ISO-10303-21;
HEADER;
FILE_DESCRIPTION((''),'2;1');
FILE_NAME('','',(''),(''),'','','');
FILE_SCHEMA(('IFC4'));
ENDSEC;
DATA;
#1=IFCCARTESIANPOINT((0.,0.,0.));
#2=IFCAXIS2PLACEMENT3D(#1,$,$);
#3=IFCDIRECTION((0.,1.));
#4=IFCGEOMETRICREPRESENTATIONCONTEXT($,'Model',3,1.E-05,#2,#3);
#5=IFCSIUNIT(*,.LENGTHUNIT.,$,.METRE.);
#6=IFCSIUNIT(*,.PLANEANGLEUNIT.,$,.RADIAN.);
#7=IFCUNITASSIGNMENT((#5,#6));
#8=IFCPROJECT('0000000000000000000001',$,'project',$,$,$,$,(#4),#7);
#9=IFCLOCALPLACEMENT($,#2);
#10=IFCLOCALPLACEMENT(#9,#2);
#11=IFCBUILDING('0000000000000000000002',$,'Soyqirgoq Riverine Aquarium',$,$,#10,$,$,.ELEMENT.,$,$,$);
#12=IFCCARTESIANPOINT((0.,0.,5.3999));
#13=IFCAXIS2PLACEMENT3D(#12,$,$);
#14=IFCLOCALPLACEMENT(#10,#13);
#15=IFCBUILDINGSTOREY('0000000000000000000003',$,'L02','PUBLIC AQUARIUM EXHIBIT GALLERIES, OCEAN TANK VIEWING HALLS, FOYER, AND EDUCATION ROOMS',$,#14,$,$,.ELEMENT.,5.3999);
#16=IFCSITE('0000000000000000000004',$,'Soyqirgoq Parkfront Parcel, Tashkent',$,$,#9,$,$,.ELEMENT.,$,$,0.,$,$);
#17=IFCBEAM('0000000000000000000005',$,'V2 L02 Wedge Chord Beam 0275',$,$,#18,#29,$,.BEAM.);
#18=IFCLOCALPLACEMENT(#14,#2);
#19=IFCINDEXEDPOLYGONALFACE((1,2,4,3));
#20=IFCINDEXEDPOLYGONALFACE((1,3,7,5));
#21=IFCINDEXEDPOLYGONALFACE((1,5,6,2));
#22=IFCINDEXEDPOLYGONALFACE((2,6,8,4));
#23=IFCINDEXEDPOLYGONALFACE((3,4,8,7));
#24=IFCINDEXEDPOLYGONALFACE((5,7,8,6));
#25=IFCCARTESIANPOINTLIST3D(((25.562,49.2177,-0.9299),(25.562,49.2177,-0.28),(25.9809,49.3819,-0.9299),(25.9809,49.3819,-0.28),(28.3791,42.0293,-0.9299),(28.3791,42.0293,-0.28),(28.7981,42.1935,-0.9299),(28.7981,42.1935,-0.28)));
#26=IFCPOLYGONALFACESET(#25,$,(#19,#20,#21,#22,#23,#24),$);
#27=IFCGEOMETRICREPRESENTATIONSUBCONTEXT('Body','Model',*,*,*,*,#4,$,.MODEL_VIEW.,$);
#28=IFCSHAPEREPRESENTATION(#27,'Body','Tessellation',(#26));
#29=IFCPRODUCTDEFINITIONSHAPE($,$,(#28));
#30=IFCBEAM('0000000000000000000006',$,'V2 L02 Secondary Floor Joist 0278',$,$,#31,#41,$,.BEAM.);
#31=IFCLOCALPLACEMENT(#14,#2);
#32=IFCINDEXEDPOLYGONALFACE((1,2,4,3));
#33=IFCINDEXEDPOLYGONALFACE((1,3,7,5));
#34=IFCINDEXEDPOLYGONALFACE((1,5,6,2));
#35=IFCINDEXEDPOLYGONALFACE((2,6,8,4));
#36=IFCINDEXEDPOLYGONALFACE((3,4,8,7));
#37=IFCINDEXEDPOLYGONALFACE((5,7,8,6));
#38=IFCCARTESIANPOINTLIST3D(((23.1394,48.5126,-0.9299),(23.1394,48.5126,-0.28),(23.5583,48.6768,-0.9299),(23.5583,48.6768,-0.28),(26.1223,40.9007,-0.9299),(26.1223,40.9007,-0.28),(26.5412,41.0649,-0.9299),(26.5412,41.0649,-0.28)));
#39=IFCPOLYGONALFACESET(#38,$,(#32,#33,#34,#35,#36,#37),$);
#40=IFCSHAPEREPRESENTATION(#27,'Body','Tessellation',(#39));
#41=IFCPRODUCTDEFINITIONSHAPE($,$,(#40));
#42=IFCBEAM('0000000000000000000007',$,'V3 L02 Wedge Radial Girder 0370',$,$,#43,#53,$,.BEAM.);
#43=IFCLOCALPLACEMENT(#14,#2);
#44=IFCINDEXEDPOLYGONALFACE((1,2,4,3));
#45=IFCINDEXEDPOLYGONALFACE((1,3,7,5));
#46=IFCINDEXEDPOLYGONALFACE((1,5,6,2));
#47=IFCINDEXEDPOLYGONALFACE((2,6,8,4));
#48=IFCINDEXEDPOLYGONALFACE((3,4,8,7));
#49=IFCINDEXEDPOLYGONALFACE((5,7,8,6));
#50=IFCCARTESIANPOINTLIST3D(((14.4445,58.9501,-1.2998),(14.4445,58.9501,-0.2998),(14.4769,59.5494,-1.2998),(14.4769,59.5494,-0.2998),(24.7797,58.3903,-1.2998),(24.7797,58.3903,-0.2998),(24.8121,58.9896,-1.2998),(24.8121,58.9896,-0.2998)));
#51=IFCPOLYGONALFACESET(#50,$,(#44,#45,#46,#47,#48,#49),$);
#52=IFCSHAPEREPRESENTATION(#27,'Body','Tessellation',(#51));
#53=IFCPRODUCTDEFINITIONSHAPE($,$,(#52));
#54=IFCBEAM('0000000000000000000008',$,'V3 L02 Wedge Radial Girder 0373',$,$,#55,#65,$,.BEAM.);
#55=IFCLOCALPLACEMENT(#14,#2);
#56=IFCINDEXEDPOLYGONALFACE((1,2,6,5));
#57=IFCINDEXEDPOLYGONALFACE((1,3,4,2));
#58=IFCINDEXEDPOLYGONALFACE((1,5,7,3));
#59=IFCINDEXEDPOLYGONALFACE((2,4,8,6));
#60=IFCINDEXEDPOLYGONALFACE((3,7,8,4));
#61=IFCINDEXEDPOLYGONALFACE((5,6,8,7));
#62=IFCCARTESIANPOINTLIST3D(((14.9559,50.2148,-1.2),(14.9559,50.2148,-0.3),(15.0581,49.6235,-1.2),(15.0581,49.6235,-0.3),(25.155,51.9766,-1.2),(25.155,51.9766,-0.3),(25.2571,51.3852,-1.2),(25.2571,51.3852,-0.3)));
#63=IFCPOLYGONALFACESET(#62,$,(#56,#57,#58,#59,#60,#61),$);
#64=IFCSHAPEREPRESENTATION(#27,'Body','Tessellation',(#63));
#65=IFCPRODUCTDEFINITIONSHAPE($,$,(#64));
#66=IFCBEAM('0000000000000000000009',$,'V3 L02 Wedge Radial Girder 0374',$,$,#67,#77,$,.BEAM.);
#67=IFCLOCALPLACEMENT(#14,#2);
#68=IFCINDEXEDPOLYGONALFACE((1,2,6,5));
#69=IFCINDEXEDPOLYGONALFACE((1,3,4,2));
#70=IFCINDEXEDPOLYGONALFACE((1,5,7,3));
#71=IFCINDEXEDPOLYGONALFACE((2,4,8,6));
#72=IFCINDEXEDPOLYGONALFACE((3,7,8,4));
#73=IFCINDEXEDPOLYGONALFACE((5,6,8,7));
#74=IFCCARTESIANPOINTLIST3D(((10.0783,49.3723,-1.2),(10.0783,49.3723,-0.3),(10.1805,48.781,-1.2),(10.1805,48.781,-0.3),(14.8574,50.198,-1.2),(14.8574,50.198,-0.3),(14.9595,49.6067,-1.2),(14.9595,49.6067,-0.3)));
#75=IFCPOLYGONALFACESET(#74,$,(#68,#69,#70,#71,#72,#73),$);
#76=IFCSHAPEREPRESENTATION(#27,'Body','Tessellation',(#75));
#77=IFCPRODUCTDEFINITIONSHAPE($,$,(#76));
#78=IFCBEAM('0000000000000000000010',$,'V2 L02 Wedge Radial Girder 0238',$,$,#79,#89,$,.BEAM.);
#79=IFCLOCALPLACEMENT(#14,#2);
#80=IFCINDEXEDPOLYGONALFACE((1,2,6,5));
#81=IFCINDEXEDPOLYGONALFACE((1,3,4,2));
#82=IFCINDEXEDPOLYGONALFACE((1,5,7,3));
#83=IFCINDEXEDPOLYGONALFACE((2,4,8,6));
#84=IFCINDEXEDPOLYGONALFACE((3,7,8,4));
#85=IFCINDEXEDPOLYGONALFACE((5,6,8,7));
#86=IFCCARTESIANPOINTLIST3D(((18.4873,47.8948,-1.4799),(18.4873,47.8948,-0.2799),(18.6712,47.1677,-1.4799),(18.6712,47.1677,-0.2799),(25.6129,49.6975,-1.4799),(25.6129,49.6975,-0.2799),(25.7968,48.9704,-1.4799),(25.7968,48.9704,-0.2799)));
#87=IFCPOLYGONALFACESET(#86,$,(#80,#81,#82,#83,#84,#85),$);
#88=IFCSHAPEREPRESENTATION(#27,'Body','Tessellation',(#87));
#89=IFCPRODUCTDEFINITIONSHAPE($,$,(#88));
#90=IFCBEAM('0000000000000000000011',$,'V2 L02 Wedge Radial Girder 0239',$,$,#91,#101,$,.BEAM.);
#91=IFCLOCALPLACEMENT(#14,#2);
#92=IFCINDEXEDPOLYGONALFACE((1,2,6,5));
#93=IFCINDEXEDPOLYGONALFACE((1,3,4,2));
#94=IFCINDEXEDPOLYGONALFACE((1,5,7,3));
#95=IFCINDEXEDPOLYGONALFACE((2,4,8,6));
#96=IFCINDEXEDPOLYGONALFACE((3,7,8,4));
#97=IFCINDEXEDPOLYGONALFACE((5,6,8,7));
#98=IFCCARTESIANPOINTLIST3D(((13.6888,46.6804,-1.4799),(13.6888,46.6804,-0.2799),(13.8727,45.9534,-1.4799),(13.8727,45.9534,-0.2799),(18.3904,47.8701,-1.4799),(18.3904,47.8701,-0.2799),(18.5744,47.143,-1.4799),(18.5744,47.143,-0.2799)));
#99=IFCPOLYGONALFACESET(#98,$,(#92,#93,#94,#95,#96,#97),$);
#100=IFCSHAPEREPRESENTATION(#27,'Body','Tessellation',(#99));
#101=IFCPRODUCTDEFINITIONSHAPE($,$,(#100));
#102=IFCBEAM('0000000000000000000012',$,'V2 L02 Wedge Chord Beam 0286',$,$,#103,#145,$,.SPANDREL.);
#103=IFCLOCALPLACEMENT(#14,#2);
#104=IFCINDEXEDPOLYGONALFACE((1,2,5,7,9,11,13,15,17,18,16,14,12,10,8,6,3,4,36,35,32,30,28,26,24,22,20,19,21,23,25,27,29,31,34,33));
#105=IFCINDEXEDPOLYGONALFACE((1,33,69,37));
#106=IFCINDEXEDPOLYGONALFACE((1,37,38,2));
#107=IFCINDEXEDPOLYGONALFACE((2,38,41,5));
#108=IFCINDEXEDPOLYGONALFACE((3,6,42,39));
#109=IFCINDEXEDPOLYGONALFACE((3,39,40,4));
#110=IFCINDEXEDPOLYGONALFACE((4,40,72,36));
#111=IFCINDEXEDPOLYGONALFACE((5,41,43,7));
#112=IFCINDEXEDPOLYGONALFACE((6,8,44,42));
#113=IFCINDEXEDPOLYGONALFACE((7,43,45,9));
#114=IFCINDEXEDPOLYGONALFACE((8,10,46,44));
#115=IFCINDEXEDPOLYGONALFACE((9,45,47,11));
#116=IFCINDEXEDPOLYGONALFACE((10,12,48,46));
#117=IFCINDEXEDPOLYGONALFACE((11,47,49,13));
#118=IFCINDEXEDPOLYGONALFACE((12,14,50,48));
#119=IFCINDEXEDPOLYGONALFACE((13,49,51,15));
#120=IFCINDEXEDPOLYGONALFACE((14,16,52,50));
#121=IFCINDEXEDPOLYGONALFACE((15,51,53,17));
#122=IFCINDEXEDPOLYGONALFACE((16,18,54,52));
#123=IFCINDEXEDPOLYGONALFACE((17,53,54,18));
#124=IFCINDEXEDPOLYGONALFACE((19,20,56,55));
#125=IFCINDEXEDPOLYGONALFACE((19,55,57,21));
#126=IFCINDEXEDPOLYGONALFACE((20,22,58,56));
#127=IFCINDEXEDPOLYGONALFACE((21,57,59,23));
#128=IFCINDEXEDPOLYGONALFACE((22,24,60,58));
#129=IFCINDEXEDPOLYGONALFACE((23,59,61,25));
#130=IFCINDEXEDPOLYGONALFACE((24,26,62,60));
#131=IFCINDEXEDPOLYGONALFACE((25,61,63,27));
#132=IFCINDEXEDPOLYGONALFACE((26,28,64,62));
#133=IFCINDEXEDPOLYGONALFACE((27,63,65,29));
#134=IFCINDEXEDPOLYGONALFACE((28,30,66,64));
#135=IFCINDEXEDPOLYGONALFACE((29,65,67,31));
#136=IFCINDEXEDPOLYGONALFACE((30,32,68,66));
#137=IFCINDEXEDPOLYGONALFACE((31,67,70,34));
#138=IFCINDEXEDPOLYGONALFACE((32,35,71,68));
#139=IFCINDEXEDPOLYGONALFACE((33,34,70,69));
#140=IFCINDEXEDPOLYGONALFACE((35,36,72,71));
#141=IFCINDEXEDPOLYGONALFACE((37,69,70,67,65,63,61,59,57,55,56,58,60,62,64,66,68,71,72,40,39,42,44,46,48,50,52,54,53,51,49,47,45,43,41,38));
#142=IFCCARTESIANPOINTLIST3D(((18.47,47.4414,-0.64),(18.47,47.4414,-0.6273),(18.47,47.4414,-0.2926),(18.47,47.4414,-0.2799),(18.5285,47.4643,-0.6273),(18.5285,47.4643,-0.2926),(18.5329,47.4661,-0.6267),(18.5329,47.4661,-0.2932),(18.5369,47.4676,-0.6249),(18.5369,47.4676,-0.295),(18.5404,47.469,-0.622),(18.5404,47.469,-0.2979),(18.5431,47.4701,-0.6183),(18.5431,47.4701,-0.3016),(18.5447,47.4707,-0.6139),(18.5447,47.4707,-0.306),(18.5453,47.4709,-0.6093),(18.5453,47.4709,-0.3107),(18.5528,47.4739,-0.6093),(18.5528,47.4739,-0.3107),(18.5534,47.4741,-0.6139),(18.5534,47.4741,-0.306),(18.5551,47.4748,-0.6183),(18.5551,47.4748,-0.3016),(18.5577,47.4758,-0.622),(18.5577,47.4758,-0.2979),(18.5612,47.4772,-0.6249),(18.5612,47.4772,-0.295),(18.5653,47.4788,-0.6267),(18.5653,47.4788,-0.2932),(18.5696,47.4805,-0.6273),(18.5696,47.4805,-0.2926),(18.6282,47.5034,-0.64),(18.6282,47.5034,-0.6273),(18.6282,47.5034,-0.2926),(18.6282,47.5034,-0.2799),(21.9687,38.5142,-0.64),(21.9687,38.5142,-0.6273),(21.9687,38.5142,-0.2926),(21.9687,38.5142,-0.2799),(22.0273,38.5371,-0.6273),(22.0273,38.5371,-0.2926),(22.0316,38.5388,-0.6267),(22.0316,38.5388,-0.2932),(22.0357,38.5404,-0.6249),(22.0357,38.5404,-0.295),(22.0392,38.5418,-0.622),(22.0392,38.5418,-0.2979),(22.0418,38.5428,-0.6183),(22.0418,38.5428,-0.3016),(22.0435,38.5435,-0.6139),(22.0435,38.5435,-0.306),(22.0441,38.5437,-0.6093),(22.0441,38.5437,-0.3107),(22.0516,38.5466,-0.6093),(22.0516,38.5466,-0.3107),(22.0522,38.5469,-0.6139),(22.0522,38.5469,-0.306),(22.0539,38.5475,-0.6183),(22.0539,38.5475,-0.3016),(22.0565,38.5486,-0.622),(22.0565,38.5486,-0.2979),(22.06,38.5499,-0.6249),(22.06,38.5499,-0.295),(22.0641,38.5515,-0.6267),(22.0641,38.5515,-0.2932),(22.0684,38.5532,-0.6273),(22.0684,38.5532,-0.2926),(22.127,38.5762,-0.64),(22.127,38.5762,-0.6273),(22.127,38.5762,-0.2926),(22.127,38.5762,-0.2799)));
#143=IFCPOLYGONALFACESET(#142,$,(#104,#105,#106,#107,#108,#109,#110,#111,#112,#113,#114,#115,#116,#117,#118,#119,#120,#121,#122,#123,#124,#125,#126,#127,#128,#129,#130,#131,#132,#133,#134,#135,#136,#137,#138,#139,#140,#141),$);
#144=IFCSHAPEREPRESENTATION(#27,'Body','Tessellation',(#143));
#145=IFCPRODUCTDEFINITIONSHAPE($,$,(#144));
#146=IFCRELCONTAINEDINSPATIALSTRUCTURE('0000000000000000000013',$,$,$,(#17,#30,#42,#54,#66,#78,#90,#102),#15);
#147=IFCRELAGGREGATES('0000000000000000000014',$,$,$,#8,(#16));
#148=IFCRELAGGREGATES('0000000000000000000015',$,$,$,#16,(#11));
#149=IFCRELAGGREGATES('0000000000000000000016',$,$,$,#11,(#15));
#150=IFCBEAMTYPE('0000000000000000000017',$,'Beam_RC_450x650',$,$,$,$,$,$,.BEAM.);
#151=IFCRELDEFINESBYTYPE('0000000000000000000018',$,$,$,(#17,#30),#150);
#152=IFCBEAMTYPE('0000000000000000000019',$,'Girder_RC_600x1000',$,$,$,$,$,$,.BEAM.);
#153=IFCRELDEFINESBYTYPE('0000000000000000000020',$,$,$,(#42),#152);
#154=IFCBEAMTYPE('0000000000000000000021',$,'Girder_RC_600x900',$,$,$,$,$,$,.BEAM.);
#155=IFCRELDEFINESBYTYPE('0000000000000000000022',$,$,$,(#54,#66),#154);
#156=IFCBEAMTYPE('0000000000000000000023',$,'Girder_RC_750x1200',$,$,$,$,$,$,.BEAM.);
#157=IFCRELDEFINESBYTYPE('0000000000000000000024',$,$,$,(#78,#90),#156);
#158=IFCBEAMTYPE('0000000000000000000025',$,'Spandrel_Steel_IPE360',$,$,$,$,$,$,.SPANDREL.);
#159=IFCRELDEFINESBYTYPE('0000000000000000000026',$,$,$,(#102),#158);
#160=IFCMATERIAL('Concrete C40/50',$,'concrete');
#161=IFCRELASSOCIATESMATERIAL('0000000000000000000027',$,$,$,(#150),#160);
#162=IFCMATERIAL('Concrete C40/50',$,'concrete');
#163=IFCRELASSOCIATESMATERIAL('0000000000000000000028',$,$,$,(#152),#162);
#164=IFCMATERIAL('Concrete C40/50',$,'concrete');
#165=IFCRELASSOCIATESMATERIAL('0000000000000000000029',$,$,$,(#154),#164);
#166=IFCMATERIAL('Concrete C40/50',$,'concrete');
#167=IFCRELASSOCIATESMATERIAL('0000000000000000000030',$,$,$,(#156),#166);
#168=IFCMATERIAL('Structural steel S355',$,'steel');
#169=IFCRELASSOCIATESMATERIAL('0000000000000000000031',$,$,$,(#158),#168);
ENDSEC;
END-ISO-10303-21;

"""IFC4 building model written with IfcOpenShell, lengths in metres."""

from ifc_helpers import new_model, si_unit, direction, frame, origin, origin_2d, place, context, subcontext, project, spatial, rectangle, i_section, extrude, material, material_profile, profile_set, type_object, element, save


model = new_model("IFC4")

# Units and contexts
model_context = context("Model", 3, precision=1e-05, world=origin(), true_north=direction((0.0, 1.0)))
body_context = subcontext(model_context, "Body", "Model", "MODEL_VIEW")
ifc_project = project(units=[si_unit("LENGTHUNIT", "METRE"), si_unit("PLANEANGLEUNIT", "RADIAN")], contexts=[model_context])

# Site, building, storey
site_placement = place(None, origin())
site = spatial("IfcSite", under=ifc_project, at=site_placement, Name="Soyqirgoq Parkfront Parcel, Tashkent", CompositionType="ELEMENT", RefElevation=0.0)
building_placement = place(site_placement, origin())
building = spatial("IfcBuilding", under=site, at=building_placement, Name="Soyqirgoq Riverine Aquarium", CompositionType="ELEMENT")
storey_placement = place(building_placement, frame((0.0, 0.0, 5.3999)))
storey = spatial("IfcBuildingStorey", under=building, at=storey_placement, Name="L02", Description="PUBLIC AQUARIUM EXHIBIT GALLERIES, OCEAN TANK VIEWING HALLS, FOYER, AND EDUCATION ROOMS", CompositionType="ELEMENT", Elevation=5.3999)

# Beams
ifc_material_1 = material(Name="Concrete C40/50", Category="concrete")
ifc_material_profile_1 = material_profile(ifc_material_1, rectangle(XDim=0.45, YDim=0.6499, at=origin_2d()), Name="RC 450x650")
ifc_profile_set_1 = profile_set([ifc_material_profile_1], Name="Concrete C40/50")
beam_type_1 = type_object("IfcBeamType", Name="Beam_RC_450x650", PredefinedType="BEAM", material=ifc_profile_set_1)
beam_1_placement = place(storey_placement, frame((25.7715, 49.2998, -0.605), z_axis=(0.364877, -0.931056, 0.0), x_axis=(0.931056, 0.364877, 0.0)))
element("IfcBeam", 1, at=beam_1_placement, inside=storey, type_object=beam_type_1, Name="V2 L02 Wedge Chord Beam 0275", PredefinedType="BEAM", context=body_context, shape_type="SweptSolid", body=[
    extrude(rectangle(XDim=0.45, YDim=0.6499, at=origin_2d()), origin(), (0.0, 0.0, 1.0), 7.7207),
])
beam_2_placement = place(storey_placement, frame((23.3489, 48.5947, -0.605), z_axis=(0.364853, -0.931065, 0.0), x_axis=(0.931065, 0.364853, 0.0)))
element("IfcBeam", 2, at=beam_2_placement, inside=storey, type_object=beam_type_1, Name="V2 L02 Secondary Floor Joist 0278", PredefinedType="BEAM", context=body_context, shape_type="SweptSolid", body=[
    extrude(rectangle(XDim=0.45, YDim=0.6499, at=origin_2d()), origin(), (0.0, 0.0, 1.0), 8.1755),
])
ifc_material_2 = material(Name="Concrete C40/50", Category="concrete")
ifc_material_profile_2 = material_profile(ifc_material_2, rectangle(XDim=0.6001, YDim=1.0, at=origin_2d()), Name="RC 600x1000")
ifc_profile_set_2 = profile_set([ifc_material_profile_2], Name="Concrete C40/50")
beam_type_2 = type_object("IfcBeamType", Name="Girder_RC_600x1000", PredefinedType="BEAM", material=ifc_profile_set_2)
beam_3_placement = place(storey_placement, frame((24.7959, 58.6899, -0.7998), z_axis=(-0.998536, 0.054086, 0.0), x_axis=(-0.054086, -0.998536, 0.0)))
element("IfcBeam", 3, at=beam_3_placement, inside=storey, type_object=beam_type_2, Name="V3 L02 Wedge Radial Girder 0370", PredefinedType="BEAM", context=body_context, shape_type="SweptSolid", body=[
    extrude(rectangle(XDim=0.6001, YDim=1.0, at=origin_2d()), origin(), (0.0, 0.0, 1.0), 10.3503),
])
ifc_material_3 = material(Name="Concrete C40/50", Category="concrete")
ifc_material_profile_3 = material_profile(ifc_material_3, rectangle(XDim=0.6001, YDim=0.8999, at=origin_2d()), Name="RC 600x900")
ifc_profile_set_3 = profile_set([ifc_material_profile_3], Name="Concrete C40/50")
beam_type_3 = type_object("IfcBeamType", Name="Girder_RC_600x900", PredefinedType="BEAM", material=ifc_profile_set_3)
beam_4_placement = place(storey_placement, frame((25.2061, 51.6809, -0.75), z_axis=(-0.985407, -0.170214, 0.0), x_axis=(0.170214, -0.985407, 0.0)))
element("IfcBeam", 4, at=beam_4_placement, inside=storey, type_object=beam_type_3, Name="V3 L02 Wedge Radial Girder 0373", PredefinedType="BEAM", context=body_context, shape_type="SweptSolid", body=[
    extrude(rectangle(XDim=0.6001, YDim=0.8999, at=origin_2d()), origin(), (0.0, 0.0, 1.0), 10.3501),
])
beam_5_placement = place(storey_placement, frame((14.9084, 49.9023, -0.75), z_axis=(-0.985401, -0.170249, 0.0), x_axis=(0.170249, -0.985401, 0.0)))
element("IfcBeam", 5, at=beam_5_placement, inside=storey, type_object=beam_type_3, Name="V3 L02 Wedge Radial Girder 0374", PredefinedType="BEAM", context=body_context, shape_type="SweptSolid", body=[
    extrude(rectangle(XDim=0.6001, YDim=0.8999, at=origin_2d()), origin(), (0.0, 0.0, 1.0), 4.8499),
])
ifc_material_4 = material(Name="Concrete C40/50", Category="concrete")
ifc_material_profile_4 = material_profile(ifc_material_4, rectangle(XDim=0.75, YDim=1.2, at=origin_2d()), Name="RC 750x1200")
ifc_profile_set_4 = profile_set([ifc_material_profile_4], Name="Concrete C40/50")
beam_type_4 = type_object("IfcBeamType", Name="Girder_RC_750x1200", PredefinedType="BEAM", material=ifc_profile_set_4)
beam_6_placement = place(storey_placement, frame((25.7048, 49.334, -0.8799), z_axis=(-0.969455, -0.24527, 0.0), x_axis=(0.24527, -0.969455, 0.0)))
element("IfcBeam", 6, at=beam_6_placement, inside=storey, type_object=beam_type_4, Name="V2 L02 Wedge Radial Girder 0238", PredefinedType="BEAM", context=body_context, shape_type="SweptSolid", body=[
    extrude(rectangle(XDim=0.75, YDim=1.2, at=origin_2d()), origin(), (0.0, 0.0, 1.0), 7.3501),
])
beam_7_placement = place(storey_placement, frame((18.4824, 47.5066, -0.8799), z_axis=(-0.969446, -0.245306, 0.0), x_axis=(0.245306, -0.969446, 0.0)))
element("IfcBeam", 7, at=beam_7_placement, inside=storey, type_object=beam_type_4, Name="V2 L02 Wedge Radial Girder 0239", PredefinedType="BEAM", context=body_context, shape_type="SweptSolid", body=[
    extrude(rectangle(XDim=0.75, YDim=1.2, at=origin_2d()), origin(), (0.0, 0.0, 1.0), 4.8499),
])
ifc_material_5 = material(Name="Structural steel S355", Category="steel")
ifc_material_profile_5 = material_profile(ifc_material_5, i_section(OverallWidth=0.1699, OverallDepth=0.3601, WebThickness=0.0081, FlangeThickness=0.0127, FilletRadius=0.0181, at=origin_2d()), Name="IPE 360")
ifc_profile_set_5 = profile_set([ifc_material_profile_5], Name="Structural steel S355")
beam_type_5 = type_object("IfcBeamType", Name="Spandrel_Steel_IPE360", PredefinedType="SPANDREL", material=ifc_profile_set_5)
beam_8_placement = place(storey_placement, frame((18.5491, 47.4724, -0.46), z_axis=(0.364898, -0.931048, 0.0), x_axis=(0.931048, 0.364898, 0.0)))
element("IfcBeam", 8, at=beam_8_placement, inside=storey, type_object=beam_type_5, Name="V2 L02 Wedge Chord Beam 0286", PredefinedType="SPANDREL", context=body_context, shape_type="SweptSolid", body=[
    extrude(i_section(OverallWidth=0.1699, OverallDepth=0.3601, WebThickness=0.0081, FlangeThickness=0.0127, FilletRadius=0.0181, at=origin_2d()), origin(), (0.0, 0.0, 1.0), 9.5884),
])

save(model, "model.ifc")
